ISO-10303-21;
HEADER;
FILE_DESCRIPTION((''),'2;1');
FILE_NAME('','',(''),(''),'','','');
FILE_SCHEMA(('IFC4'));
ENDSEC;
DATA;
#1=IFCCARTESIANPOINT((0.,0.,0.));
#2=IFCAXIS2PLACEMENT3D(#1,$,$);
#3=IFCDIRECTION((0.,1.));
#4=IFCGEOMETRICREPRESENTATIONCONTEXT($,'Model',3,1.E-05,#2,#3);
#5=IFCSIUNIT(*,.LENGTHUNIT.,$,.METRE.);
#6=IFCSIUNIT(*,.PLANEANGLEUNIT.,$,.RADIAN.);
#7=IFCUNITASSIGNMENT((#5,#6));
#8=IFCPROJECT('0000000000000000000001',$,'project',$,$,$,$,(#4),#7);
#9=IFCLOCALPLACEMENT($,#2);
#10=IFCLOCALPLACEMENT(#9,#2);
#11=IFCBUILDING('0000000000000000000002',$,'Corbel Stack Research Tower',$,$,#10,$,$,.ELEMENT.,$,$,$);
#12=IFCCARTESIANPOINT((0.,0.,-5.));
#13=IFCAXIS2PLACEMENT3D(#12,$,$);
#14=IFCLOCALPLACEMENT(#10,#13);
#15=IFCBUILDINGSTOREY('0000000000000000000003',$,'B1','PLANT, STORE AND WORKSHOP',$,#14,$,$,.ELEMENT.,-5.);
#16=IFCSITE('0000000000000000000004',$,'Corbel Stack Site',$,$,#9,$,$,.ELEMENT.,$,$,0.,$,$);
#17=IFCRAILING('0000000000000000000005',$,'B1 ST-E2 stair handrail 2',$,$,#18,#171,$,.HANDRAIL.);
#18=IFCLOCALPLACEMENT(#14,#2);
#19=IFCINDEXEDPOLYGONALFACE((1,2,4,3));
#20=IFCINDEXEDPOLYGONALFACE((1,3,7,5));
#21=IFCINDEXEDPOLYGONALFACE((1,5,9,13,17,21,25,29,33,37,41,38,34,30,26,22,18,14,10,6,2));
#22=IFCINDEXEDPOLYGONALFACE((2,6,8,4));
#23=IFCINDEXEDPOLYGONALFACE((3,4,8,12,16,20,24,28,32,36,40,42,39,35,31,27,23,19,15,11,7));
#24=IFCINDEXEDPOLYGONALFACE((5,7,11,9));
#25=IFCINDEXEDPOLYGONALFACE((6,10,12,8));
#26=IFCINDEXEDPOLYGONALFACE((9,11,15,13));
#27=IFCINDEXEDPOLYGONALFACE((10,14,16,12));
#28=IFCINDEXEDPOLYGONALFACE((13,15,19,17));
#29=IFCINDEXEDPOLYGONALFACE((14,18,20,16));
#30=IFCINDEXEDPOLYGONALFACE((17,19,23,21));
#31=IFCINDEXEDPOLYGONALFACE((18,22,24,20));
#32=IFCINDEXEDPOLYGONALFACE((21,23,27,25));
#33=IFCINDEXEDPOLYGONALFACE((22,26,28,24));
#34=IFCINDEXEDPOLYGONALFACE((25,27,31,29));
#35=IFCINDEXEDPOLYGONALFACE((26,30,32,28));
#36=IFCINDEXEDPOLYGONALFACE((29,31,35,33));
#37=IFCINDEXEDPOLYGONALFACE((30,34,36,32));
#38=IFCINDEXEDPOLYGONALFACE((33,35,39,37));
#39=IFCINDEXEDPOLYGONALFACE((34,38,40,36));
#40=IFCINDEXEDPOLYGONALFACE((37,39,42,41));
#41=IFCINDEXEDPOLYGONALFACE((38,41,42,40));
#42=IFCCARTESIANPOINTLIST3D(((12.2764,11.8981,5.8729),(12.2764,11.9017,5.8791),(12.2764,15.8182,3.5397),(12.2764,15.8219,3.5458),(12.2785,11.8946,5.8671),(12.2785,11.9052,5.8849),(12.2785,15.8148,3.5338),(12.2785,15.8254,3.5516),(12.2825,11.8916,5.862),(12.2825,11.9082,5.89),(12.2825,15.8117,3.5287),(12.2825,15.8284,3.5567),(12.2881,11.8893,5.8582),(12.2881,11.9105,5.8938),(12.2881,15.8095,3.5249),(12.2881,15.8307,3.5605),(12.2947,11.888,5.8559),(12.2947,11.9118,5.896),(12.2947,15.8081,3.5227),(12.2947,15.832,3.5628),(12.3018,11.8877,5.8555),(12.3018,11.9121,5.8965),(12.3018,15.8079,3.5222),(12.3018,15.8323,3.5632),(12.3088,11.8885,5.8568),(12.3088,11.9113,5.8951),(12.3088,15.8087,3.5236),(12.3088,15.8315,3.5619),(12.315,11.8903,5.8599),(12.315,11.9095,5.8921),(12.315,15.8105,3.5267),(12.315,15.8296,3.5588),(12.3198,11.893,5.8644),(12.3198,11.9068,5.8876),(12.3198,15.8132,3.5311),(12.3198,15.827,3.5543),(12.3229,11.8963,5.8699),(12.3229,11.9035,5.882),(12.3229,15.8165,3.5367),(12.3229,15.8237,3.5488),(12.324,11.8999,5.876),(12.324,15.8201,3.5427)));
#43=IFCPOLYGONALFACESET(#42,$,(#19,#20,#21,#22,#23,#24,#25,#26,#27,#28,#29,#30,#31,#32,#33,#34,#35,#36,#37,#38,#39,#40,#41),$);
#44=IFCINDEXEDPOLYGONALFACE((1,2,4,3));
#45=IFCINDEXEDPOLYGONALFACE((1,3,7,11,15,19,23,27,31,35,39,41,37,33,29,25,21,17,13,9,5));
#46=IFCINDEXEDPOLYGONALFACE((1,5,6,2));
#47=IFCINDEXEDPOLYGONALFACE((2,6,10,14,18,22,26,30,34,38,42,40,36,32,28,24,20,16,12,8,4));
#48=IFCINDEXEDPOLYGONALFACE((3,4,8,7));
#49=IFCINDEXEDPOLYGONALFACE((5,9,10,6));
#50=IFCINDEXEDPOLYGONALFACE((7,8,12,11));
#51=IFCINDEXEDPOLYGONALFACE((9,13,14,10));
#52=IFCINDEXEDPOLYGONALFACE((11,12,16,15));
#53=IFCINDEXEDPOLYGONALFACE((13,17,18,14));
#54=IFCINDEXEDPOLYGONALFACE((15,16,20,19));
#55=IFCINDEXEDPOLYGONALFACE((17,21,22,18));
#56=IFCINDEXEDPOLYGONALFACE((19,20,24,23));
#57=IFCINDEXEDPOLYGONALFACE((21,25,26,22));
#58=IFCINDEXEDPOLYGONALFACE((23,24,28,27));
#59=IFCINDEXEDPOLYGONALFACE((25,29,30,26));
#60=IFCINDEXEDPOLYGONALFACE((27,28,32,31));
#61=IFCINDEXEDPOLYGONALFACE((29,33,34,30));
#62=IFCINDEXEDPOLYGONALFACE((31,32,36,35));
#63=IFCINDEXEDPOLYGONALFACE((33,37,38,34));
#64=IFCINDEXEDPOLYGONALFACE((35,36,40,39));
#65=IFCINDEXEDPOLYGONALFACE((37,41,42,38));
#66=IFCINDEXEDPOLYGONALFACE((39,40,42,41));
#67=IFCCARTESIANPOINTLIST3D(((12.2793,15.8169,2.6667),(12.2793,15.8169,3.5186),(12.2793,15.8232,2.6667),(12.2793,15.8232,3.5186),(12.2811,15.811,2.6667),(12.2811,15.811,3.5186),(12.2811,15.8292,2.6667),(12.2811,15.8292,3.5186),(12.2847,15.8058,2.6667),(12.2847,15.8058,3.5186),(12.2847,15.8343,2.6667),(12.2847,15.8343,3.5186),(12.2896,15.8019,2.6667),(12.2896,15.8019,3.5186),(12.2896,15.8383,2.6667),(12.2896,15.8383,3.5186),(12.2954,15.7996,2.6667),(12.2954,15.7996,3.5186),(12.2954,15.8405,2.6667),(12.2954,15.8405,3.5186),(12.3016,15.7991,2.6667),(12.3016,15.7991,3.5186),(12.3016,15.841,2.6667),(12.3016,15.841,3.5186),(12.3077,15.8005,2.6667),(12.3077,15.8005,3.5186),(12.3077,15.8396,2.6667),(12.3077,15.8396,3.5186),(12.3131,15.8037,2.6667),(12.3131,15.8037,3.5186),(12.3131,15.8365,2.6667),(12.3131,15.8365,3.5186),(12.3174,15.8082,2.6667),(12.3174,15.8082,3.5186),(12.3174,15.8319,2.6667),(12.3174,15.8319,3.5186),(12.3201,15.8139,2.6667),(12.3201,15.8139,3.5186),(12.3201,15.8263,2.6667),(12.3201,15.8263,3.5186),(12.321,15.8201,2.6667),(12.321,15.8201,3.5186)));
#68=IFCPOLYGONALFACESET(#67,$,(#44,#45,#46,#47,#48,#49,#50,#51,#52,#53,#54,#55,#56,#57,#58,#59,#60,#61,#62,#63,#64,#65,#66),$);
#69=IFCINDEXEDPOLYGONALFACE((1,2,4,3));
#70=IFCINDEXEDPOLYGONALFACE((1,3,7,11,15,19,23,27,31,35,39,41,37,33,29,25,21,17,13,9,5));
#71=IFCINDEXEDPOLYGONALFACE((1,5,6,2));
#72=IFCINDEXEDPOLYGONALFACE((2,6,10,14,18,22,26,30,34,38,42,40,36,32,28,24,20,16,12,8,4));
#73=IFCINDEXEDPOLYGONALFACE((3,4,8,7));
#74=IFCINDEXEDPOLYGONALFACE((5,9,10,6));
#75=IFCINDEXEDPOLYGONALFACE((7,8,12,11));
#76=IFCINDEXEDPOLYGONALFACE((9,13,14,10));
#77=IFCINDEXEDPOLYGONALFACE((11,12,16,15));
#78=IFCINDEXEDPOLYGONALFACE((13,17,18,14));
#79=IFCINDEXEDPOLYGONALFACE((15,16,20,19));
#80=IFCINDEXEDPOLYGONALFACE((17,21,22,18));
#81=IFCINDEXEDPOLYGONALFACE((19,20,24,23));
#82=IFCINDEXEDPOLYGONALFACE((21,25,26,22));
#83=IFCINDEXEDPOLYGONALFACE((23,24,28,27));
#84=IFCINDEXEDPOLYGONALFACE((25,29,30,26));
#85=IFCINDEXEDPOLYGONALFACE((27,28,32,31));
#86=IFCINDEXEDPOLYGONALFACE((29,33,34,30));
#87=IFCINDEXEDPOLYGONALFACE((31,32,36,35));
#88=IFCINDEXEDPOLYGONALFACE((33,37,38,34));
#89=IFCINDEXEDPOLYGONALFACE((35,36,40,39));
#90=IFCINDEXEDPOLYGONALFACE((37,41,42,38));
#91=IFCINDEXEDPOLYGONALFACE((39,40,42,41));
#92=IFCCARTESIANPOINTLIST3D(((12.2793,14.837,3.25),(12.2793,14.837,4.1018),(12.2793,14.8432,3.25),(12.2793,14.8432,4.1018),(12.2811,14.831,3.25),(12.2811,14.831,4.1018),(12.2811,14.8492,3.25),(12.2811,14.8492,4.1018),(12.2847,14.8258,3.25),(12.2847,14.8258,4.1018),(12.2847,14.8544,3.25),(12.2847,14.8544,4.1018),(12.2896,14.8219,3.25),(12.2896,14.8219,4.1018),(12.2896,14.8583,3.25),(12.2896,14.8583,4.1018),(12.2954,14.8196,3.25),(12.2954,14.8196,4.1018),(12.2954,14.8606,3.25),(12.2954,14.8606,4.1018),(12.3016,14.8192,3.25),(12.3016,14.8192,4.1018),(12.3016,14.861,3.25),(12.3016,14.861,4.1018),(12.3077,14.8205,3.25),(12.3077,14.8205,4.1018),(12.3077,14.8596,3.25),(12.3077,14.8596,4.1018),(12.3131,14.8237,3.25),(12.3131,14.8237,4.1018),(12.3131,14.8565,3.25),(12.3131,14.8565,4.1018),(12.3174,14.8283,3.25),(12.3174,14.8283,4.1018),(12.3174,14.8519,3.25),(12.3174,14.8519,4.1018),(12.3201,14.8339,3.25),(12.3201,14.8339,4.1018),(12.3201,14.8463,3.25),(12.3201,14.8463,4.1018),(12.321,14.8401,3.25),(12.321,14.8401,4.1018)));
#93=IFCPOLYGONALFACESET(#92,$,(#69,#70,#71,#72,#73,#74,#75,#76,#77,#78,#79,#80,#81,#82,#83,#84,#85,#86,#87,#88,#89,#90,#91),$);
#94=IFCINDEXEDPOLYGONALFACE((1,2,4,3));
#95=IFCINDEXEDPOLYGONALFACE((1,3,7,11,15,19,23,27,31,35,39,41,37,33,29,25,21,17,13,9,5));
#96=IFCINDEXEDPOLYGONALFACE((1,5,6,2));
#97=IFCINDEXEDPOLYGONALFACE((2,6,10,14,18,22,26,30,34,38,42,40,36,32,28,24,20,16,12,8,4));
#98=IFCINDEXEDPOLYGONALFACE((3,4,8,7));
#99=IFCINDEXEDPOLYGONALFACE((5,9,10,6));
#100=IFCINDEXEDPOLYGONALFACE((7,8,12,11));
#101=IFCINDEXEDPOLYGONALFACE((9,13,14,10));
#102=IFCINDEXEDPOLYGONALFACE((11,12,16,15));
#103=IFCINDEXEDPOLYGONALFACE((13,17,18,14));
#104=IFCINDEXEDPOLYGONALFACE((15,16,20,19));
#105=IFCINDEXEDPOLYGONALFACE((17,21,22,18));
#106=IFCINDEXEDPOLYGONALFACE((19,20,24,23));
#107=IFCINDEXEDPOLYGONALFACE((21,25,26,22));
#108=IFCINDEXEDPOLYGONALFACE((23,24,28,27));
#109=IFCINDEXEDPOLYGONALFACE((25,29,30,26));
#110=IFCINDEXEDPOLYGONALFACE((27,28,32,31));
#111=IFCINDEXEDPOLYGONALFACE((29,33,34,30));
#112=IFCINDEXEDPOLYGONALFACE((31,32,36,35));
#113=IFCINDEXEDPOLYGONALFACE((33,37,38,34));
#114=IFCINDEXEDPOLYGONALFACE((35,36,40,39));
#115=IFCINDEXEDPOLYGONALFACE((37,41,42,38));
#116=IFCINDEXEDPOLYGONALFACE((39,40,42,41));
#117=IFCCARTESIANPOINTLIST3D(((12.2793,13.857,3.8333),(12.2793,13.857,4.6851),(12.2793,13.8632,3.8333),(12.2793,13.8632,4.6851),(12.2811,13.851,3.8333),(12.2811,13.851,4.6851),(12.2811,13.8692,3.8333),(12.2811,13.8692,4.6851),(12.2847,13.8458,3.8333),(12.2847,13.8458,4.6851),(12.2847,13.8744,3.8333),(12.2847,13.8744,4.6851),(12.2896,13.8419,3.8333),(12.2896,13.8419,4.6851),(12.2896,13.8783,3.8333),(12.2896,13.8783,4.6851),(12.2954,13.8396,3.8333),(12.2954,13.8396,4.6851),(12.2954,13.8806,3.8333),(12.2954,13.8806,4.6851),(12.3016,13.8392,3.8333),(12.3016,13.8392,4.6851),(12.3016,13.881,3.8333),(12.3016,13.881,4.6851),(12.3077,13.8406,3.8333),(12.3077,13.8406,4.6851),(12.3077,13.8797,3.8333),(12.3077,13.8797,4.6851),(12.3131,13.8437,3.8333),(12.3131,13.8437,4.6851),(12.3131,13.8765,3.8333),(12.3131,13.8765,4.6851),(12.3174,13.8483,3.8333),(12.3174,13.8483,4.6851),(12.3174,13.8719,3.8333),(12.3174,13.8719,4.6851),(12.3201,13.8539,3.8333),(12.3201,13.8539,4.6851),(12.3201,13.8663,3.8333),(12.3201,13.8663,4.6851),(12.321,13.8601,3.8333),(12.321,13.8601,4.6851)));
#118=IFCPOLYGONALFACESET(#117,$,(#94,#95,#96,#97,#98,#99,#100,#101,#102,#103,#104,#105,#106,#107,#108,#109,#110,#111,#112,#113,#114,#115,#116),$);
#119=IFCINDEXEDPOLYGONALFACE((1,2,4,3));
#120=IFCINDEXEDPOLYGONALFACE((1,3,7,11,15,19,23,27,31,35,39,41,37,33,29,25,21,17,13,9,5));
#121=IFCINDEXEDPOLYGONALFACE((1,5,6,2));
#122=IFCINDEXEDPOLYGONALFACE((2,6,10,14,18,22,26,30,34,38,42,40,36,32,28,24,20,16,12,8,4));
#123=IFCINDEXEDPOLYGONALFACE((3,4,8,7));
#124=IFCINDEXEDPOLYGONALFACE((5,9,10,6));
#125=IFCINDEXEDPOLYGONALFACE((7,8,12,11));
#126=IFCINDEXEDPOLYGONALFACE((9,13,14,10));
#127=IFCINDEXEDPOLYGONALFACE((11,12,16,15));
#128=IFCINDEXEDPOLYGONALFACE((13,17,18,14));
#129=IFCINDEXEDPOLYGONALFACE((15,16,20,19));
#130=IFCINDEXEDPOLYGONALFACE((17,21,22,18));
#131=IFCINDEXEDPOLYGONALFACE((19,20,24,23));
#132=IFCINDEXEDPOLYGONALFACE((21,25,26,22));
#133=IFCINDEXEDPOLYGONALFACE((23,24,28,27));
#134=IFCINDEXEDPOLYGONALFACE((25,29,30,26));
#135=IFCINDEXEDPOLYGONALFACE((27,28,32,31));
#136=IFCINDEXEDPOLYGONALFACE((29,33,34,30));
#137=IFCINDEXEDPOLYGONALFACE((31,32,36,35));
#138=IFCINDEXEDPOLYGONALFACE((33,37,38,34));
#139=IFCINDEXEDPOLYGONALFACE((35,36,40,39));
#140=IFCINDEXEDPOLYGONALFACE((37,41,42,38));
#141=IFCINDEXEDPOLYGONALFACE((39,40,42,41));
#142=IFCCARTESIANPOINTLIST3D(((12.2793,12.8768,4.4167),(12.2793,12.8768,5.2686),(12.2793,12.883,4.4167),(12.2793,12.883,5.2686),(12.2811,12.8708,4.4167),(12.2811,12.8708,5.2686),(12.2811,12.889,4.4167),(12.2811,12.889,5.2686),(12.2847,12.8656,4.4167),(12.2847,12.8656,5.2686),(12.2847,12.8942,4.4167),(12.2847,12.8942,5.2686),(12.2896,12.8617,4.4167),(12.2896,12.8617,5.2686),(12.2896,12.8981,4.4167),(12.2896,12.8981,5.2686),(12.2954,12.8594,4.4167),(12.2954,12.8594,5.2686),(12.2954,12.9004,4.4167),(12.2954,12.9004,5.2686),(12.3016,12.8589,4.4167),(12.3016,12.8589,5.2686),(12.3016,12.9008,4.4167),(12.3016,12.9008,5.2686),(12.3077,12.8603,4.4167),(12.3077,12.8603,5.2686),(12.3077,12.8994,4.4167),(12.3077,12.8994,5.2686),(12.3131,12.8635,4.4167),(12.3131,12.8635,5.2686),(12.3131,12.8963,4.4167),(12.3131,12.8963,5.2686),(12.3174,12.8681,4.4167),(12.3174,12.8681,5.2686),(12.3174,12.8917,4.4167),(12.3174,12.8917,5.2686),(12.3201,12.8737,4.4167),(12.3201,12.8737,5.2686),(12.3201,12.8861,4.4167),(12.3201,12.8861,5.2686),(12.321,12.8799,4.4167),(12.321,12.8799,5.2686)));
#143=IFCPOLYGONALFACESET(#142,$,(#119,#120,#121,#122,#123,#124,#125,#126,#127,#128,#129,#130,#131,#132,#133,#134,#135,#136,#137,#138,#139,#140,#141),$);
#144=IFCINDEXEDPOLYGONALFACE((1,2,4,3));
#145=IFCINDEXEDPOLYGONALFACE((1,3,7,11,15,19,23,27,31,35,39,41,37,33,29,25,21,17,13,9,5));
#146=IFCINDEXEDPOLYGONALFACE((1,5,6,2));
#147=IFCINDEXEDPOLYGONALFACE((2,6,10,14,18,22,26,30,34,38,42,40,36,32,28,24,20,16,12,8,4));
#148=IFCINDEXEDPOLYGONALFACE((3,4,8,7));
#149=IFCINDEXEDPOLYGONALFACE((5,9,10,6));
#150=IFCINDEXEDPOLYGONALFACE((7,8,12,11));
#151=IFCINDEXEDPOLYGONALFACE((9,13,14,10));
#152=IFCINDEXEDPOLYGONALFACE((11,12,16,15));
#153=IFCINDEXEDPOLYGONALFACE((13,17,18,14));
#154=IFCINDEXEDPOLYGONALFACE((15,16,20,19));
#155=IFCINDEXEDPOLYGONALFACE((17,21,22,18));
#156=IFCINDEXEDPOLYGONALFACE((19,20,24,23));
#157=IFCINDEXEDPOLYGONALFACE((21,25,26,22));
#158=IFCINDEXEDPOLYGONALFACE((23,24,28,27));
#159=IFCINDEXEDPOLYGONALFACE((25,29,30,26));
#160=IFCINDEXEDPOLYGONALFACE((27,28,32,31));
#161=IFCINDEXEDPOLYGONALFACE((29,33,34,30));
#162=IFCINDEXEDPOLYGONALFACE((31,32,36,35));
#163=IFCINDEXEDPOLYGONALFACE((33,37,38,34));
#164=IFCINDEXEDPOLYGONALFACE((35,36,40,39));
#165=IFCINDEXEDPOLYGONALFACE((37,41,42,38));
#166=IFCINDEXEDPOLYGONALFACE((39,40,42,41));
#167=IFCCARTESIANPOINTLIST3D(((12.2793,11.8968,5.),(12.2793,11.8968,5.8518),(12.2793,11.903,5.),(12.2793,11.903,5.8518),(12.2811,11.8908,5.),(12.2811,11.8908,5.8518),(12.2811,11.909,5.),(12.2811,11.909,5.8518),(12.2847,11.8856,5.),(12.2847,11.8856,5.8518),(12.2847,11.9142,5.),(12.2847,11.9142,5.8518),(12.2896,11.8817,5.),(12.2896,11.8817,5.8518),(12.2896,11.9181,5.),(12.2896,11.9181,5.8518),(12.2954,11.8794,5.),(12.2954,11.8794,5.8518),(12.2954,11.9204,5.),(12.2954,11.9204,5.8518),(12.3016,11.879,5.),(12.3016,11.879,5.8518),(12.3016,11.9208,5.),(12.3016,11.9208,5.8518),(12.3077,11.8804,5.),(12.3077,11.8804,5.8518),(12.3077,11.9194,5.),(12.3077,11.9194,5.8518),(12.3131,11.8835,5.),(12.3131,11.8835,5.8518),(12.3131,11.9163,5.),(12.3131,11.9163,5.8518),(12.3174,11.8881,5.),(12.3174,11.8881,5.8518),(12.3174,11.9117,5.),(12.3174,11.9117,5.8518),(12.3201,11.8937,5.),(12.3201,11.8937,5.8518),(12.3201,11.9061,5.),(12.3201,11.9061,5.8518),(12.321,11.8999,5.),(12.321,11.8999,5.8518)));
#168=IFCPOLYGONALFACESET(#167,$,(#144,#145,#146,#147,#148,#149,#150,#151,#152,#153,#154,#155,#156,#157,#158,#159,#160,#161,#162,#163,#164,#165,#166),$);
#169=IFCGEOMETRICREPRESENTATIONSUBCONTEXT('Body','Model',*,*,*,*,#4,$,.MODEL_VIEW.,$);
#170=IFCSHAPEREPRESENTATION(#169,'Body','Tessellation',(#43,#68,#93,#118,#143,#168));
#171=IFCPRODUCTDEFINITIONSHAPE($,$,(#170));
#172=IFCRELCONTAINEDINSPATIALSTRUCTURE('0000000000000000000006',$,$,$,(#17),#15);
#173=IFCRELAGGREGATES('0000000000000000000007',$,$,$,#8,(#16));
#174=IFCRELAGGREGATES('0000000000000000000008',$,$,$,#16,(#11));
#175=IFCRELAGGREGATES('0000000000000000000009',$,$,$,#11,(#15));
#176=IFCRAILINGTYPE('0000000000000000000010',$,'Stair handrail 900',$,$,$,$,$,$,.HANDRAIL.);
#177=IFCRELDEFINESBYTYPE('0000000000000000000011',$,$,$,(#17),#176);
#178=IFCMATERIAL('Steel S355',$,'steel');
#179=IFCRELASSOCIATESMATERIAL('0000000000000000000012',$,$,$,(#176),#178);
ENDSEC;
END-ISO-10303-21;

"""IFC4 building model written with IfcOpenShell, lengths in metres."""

from ifc_helpers import new_model, si_unit, direction, frame, origin, origin_2d, place, context, subcontext, project, spatial, circle, extrude, material, type_object, element, save


model = new_model("IFC4")

# Units and contexts
model_context = context("Model", 3, precision=1e-05, world=origin(), true_north=direction((0.0, 1.0)))
body_context = subcontext(model_context, "Body", "Model", "MODEL_VIEW")
ifc_project = project(units=[si_unit("LENGTHUNIT", "METRE"), si_unit("PLANEANGLEUNIT", "RADIAN")], contexts=[model_context])

# Site, building, storey
site_placement = place(None, origin())
site = spatial("IfcSite", under=ifc_project, at=site_placement, Name="Corbel Stack Site", CompositionType="ELEMENT", RefElevation=0.0)
building_placement = place(site_placement, origin())
building = spatial("IfcBuilding", under=site, at=building_placement, Name="Corbel Stack Research Tower", CompositionType="ELEMENT")
storey_placement = place(building_placement, frame((0.0, 0.0, -5.0)))
storey = spatial("IfcBuildingStorey", under=building, at=storey_placement, Name="B1", Description="PLANT, STORE AND WORKSHOP", CompositionType="ELEMENT", Elevation=-5.0)

# Railing
ifc_material_1 = material(Name="Steel S355", Category="steel")
railing_type_1 = type_object("IfcRailingType", Name="Stair handrail 900", PredefinedType="HANDRAIL", material=ifc_material_1)
railing_1_placement = place(storey_placement, frame((12.3, 15.8201, 2.6667)))
element("IfcRailing", 1, at=railing_1_placement, inside=storey, type_object=railing_type_1, Name="B1 ST-E2 stair handrail 2", PredefinedType="HANDRAIL", context=body_context, shape_type="SweptSolid", body=[
    extrude(circle(Radius=0.0239, at=origin_2d()), frame((0.0, 0.0, 0.876), z_axis=(0.0, -0.85931, 0.511455), x_axis=(1.0, 0.0, 0.0)), (0.0, 0.0, 1.0), 4.562),
    extrude(circle(Radius=0.021, at=origin_2d()), origin(), (0.0, 0.0, 1.0), 0.8518),
    extrude(circle(Radius=0.021, at=origin_2d()), frame((0.0, -0.98, 0.5833)), (0.0, 0.0, 1.0), 0.8518),
    extrude(circle(Radius=0.021, at=origin_2d()), frame((0.0, -1.96, 1.1665)), (0.0, 0.0, 1.0), 0.8518),
    extrude(circle(Radius=0.021, at=origin_2d()), frame((0.0, -2.9402, 1.75)), (0.0, 0.0, 1.0), 0.8518),
    extrude(circle(Radius=0.021, at=origin_2d()), frame((0.0, -3.9202, 2.3333)), (0.0, 0.0, 1.0), 0.8518),
])

save(model, "model.ifc")
